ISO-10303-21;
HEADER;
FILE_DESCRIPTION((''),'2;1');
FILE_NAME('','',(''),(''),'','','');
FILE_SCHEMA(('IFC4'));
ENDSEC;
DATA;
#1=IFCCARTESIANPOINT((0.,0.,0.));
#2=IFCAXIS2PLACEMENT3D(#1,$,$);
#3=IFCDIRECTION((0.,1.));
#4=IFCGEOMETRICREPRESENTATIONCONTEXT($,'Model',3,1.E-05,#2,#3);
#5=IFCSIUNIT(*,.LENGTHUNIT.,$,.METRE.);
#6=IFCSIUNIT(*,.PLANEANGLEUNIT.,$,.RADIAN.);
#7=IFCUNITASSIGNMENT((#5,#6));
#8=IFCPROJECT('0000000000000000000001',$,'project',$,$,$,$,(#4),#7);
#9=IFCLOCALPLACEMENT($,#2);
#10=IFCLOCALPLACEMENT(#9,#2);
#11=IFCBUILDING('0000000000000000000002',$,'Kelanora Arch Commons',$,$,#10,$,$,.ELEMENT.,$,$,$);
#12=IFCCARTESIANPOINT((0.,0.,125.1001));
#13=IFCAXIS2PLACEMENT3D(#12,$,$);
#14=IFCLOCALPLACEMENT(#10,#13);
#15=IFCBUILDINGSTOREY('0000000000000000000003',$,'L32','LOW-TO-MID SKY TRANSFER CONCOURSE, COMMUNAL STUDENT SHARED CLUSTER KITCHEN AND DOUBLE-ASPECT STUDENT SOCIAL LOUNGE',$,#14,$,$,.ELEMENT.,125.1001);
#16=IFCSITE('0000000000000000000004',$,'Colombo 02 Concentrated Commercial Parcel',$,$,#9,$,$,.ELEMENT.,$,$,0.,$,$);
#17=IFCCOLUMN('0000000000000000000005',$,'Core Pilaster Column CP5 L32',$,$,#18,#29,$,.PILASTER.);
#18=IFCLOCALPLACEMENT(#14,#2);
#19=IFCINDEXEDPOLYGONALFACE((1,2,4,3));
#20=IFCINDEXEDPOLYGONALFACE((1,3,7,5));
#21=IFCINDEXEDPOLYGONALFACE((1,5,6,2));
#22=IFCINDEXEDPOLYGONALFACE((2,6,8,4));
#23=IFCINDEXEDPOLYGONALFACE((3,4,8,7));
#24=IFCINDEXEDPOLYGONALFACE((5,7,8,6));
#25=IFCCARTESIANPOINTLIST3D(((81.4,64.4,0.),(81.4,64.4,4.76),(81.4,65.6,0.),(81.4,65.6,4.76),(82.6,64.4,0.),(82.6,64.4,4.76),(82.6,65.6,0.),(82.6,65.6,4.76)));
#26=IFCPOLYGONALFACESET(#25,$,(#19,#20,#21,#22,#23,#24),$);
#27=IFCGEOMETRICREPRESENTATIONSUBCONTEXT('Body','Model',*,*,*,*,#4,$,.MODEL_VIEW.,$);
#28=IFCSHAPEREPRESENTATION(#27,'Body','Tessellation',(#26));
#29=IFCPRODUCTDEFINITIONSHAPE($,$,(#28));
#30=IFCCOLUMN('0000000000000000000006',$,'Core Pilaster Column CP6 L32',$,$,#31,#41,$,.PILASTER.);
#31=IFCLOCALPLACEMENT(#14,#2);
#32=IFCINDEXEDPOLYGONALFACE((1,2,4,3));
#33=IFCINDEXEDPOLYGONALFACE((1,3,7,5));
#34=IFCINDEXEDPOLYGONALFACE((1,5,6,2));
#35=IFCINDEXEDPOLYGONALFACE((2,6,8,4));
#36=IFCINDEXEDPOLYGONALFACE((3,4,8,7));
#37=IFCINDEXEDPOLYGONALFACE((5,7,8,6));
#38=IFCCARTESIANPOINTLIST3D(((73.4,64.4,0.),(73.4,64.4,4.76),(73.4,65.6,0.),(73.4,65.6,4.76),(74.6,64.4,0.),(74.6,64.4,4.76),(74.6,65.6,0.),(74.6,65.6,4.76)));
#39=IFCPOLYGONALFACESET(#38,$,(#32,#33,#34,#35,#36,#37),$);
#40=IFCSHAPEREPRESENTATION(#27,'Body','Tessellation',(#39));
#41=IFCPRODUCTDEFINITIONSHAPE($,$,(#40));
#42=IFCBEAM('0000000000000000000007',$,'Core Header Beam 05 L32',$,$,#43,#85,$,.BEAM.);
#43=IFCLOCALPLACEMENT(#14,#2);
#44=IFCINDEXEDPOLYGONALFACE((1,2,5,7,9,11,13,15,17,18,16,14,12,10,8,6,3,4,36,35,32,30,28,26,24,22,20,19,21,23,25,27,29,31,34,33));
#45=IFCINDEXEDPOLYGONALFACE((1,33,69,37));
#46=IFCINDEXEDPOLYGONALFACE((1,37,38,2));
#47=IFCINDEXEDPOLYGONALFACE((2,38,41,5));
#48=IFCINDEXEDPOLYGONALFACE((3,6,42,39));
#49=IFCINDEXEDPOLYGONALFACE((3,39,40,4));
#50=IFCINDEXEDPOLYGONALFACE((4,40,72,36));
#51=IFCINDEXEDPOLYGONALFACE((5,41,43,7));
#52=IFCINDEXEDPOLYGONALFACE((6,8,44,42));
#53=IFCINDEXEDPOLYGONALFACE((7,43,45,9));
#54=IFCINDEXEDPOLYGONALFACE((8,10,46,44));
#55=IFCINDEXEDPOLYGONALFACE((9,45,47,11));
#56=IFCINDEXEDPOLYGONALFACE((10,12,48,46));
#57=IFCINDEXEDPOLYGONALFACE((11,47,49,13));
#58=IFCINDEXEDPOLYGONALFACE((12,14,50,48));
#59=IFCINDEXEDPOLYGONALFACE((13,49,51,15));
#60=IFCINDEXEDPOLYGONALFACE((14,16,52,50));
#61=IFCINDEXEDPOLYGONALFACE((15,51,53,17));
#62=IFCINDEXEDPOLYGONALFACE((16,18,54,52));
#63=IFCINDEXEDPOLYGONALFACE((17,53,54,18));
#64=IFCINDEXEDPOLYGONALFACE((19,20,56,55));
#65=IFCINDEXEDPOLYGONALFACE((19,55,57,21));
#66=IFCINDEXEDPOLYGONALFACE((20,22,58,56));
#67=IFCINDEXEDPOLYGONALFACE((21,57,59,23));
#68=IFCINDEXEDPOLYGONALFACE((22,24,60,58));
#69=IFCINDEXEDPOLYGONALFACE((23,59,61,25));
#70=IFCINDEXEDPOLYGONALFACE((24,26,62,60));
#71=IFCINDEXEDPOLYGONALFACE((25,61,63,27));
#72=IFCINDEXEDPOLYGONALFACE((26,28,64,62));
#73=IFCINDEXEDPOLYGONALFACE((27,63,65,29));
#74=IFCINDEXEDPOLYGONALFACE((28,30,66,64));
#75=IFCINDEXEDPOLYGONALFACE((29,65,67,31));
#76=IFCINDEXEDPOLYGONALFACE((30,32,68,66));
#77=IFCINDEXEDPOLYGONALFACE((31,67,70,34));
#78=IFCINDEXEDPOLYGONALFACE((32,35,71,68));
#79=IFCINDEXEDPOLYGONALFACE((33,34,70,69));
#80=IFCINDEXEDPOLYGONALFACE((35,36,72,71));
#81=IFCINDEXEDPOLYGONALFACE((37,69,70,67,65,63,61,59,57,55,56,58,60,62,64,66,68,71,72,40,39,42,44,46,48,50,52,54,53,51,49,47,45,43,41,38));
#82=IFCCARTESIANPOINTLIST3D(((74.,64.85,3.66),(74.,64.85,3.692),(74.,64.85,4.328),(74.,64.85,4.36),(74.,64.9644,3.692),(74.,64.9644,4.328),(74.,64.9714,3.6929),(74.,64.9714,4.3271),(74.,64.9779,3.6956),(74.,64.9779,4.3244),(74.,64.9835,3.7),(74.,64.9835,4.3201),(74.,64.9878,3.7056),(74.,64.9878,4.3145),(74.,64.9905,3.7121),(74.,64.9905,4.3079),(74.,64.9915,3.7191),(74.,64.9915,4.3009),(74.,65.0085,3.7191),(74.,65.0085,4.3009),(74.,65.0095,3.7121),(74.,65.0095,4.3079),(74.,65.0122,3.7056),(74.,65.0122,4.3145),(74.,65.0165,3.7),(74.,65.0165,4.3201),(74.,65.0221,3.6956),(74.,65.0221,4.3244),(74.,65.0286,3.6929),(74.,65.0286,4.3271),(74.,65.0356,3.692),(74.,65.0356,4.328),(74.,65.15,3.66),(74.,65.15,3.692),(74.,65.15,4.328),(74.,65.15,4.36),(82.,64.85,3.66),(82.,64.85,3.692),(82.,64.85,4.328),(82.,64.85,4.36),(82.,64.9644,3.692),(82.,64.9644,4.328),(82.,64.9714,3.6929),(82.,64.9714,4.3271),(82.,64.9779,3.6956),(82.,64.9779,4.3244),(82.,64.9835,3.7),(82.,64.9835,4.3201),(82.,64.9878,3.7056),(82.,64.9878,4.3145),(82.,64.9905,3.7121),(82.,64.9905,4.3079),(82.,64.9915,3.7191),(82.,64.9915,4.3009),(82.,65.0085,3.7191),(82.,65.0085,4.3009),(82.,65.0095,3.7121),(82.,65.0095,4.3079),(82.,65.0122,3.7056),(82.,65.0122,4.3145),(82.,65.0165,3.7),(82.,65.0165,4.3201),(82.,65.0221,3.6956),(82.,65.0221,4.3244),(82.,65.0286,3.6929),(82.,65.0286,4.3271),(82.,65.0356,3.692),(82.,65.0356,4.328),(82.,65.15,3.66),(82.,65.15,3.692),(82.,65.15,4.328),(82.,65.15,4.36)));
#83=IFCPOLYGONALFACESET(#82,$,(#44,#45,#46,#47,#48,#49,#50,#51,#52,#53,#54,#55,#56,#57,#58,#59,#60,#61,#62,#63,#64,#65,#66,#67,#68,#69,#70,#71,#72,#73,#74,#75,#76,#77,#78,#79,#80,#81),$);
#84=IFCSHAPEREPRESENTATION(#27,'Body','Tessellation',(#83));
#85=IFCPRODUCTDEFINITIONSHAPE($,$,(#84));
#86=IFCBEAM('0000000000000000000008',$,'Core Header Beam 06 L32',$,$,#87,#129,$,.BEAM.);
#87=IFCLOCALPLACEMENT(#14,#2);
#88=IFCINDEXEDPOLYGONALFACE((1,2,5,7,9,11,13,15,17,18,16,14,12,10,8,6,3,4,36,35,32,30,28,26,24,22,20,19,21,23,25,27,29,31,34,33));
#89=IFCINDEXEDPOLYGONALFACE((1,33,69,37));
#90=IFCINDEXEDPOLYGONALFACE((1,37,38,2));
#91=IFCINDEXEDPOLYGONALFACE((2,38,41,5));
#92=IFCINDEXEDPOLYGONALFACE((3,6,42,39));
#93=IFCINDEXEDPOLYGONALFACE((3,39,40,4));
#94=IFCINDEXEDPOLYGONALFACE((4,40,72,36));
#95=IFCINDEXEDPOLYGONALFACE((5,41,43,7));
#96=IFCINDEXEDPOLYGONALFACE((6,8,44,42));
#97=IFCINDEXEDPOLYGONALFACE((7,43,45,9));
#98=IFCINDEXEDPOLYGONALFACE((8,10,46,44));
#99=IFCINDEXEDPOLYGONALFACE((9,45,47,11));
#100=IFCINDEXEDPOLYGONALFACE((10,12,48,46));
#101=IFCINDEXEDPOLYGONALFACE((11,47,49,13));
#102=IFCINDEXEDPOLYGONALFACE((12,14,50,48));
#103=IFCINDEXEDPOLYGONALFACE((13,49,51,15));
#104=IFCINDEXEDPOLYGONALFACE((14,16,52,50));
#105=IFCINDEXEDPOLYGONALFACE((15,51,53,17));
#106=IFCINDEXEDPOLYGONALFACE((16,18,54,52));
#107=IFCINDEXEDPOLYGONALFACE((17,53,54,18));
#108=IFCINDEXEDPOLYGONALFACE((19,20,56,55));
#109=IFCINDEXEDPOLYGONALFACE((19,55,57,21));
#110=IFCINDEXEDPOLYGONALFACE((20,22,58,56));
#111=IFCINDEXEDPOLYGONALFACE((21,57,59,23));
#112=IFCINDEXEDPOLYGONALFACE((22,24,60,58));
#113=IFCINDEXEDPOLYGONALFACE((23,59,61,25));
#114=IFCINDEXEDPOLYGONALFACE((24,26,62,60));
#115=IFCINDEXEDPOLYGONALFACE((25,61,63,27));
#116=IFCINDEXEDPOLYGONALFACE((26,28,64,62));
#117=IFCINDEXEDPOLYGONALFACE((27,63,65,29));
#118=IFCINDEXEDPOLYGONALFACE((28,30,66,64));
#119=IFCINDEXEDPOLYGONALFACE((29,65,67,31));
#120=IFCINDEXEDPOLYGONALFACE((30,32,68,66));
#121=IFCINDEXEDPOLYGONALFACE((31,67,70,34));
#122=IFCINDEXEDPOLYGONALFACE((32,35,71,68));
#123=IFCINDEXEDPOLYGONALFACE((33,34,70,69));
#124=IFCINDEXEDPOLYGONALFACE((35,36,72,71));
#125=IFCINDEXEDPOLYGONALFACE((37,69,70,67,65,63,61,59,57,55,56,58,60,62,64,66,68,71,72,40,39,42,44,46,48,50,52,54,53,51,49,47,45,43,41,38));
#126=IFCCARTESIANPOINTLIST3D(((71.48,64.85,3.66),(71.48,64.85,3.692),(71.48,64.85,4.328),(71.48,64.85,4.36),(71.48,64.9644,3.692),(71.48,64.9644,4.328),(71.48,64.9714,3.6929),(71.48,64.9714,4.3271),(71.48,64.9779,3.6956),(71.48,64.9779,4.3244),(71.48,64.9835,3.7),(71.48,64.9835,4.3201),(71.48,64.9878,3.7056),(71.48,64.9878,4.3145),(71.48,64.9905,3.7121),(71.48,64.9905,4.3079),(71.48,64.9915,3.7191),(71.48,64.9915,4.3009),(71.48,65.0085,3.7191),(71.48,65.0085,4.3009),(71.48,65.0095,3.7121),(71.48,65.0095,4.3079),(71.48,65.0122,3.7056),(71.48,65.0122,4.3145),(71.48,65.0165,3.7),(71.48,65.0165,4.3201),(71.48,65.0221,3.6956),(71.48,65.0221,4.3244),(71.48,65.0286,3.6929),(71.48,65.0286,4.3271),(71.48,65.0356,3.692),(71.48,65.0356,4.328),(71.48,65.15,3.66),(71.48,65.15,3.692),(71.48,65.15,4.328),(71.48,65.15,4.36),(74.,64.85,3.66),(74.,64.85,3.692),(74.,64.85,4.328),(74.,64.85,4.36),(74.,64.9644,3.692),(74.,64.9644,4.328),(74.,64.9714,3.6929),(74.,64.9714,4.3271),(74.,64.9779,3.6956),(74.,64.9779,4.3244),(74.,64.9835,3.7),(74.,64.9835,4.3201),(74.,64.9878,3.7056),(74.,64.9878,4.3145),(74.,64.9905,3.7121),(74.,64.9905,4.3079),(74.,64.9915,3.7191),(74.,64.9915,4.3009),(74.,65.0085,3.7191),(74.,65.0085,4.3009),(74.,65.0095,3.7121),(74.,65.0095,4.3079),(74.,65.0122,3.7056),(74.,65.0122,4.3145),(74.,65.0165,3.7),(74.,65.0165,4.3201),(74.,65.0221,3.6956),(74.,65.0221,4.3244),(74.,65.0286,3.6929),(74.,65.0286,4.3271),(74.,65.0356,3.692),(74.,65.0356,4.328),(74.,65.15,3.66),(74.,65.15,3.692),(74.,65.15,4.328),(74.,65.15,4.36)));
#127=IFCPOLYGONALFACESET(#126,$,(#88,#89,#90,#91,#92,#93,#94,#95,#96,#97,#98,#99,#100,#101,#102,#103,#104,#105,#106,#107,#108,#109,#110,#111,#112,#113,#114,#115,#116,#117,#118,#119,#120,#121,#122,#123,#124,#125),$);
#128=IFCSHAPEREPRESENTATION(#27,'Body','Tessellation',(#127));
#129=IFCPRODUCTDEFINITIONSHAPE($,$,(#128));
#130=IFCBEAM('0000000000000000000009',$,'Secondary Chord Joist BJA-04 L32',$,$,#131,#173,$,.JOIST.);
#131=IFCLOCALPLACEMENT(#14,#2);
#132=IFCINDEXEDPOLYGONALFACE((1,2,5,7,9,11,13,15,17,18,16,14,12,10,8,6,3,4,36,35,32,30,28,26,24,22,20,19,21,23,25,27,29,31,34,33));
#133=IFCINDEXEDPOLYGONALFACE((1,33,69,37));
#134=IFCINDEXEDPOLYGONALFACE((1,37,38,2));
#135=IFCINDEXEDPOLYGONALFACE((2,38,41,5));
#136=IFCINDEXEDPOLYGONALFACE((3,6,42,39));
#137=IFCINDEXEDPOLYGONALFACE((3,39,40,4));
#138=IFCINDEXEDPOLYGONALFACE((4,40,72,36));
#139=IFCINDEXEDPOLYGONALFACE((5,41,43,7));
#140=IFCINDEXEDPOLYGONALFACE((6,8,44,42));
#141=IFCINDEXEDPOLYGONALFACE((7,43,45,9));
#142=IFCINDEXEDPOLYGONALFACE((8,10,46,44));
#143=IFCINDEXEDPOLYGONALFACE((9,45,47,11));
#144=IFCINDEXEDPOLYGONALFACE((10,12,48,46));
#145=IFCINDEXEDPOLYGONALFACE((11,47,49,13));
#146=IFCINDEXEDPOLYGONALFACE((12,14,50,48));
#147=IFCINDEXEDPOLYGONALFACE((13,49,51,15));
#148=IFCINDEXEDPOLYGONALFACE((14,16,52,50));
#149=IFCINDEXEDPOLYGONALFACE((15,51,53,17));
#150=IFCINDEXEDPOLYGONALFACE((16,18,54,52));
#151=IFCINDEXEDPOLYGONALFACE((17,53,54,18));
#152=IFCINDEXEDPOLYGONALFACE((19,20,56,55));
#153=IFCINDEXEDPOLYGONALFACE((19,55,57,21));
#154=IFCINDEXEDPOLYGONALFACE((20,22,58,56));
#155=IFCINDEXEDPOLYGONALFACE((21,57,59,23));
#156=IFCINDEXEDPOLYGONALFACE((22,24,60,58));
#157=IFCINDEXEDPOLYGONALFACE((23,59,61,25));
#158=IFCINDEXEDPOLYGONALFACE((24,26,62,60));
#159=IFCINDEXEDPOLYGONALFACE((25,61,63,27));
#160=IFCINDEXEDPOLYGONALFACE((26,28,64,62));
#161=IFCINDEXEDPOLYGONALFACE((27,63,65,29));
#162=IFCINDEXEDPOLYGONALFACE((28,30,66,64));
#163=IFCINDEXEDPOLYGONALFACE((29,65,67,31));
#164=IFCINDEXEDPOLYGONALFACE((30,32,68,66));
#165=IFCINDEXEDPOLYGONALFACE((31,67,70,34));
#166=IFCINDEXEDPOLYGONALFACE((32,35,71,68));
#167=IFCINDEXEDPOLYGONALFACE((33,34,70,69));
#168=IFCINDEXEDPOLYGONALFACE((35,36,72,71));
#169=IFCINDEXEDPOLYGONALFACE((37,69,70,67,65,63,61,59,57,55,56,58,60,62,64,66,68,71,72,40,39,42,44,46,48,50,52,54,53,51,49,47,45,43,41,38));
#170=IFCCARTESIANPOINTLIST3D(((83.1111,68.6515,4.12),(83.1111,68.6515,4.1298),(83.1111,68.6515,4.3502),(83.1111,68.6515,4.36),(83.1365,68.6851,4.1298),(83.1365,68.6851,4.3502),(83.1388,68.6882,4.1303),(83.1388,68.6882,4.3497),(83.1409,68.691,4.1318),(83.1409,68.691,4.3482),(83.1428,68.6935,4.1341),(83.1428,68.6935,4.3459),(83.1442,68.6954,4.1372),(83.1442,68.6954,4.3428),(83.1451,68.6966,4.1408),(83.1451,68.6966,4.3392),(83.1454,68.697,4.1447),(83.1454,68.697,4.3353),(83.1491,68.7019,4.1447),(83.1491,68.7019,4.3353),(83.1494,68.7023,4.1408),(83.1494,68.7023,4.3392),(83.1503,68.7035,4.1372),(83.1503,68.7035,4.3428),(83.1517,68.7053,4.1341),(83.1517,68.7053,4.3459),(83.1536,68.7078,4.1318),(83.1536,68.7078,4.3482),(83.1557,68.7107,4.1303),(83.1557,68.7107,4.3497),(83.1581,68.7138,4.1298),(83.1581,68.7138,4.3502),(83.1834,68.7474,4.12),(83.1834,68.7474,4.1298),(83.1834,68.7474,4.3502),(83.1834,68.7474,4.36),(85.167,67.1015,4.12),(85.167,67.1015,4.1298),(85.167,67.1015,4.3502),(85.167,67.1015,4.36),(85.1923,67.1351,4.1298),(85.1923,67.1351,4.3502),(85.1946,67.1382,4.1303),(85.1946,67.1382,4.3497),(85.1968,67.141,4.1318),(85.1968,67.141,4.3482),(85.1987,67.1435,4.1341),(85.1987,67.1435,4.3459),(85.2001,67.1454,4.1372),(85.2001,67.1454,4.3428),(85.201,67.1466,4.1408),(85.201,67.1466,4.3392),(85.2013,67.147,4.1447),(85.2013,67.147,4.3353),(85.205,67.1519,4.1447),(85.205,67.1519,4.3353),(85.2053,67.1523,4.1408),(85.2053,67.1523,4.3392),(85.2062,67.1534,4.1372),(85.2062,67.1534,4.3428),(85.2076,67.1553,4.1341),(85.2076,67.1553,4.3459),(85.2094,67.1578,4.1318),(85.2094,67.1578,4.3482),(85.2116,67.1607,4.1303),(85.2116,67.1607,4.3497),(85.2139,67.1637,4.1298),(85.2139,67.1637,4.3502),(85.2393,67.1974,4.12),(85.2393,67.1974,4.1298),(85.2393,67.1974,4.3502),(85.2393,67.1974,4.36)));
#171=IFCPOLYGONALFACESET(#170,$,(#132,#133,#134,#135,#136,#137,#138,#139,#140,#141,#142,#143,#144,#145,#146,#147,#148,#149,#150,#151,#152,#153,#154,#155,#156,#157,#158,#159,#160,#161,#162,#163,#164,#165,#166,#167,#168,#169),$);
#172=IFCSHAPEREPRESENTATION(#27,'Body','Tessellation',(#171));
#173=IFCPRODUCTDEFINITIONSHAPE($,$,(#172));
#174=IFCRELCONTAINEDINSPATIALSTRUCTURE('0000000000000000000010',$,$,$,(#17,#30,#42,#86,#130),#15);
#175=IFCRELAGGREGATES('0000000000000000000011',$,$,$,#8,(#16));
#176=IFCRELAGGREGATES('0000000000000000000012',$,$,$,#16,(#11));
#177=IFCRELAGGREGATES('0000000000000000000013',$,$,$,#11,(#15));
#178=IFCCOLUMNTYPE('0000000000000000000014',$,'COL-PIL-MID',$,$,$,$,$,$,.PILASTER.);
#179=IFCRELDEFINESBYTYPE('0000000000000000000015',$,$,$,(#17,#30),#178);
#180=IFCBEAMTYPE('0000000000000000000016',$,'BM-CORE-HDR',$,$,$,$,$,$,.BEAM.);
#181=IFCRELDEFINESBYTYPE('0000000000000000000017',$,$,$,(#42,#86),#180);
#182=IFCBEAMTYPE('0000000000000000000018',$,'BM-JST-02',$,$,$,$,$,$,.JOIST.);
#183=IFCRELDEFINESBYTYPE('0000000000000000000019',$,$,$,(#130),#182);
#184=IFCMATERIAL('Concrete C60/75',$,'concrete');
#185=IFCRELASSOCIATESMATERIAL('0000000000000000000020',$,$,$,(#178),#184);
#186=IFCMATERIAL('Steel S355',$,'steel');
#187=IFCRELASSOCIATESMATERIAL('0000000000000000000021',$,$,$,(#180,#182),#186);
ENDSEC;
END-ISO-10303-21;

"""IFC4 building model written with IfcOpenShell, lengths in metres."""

from ifc_helpers import new_model, si_unit, direction, frame, origin, origin_2d, place, context, subcontext, project, spatial, rectangle, i_section, extrude, material, material_profile, profile_set, type_object, element, save


model = new_model("IFC4")

# Units and contexts
model_context = context("Model", 3, precision=1e-05, world=origin(), true_north=direction((0.0, 1.0)))
body_context = subcontext(model_context, "Body", "Model", "MODEL_VIEW")
ifc_project = project(units=[si_unit("LENGTHUNIT", "METRE"), si_unit("PLANEANGLEUNIT", "RADIAN")], contexts=[model_context])

# Site, building, storey
site_placement = place(None, origin())
site = spatial("IfcSite", under=ifc_project, at=site_placement, Name="Colombo 02 Concentrated Commercial Parcel", CompositionType="ELEMENT", RefElevation=0.0)
building_placement = place(site_placement, origin())
building = spatial("IfcBuilding", under=site, at=building_placement, Name="Kelanora Arch Commons", CompositionType="ELEMENT")
storey_placement = place(building_placement, frame((0.0, 0.0, 125.1001)))
storey = spatial("IfcBuildingStorey", under=building, at=storey_placement, Name="L32", Description="LOW-TO-MID SKY TRANSFER CONCOURSE, COMMUNAL STUDENT SHARED CLUSTER KITCHEN AND DOUBLE-ASPECT STUDENT SOCIAL LOUNGE", CompositionType="ELEMENT", Elevation=125.1001)

# Columns
ifc_material_1 = material(Name="Concrete C60/75", Category="concrete")
ifc_material_profile_1 = material_profile(ifc_material_1, rectangle(XDim=1.2, YDim=1.2, at=origin_2d()), Name="RC1200x1200")
ifc_profile_set_1 = profile_set([ifc_material_profile_1], Name="Concrete C60/75")
column_type = type_object("IfcColumnType", Name="COL-PIL-MID", PredefinedType="PILASTER", material=ifc_profile_set_1)
for number, where, z_axis, x_axis, name in (
    (1, (82.0, 65.0, 0.0), (0.0, 0.0, 1.0), (1.0, 0.0, 0.0), "Core Pilaster Column CP5 L32"),
    (2, (74.0, 65.0, 0.0), (0.0, 0.0, 1.0), (1.0, 0.0, 0.0), "Core Pilaster Column CP6 L32"),
):
    element("IfcColumn", number, at=place(storey_placement, frame(where, z_axis=z_axis, x_axis=x_axis)), inside=storey, type_object=column_type, Name=name, PredefinedType="PILASTER", context=body_context, shape_type="SweptSolid", body=[
        extrude(rectangle(XDim=1.2, YDim=1.2, at=origin_2d()), origin(), (0.0, 0.0, 1.0), 4.76),
    ])

# Beams
ifc_material_2 = material(Name="Steel S355", Category="steel")
ifc_material_profile_2 = material_profile(ifc_material_2, i_section(OverallWidth=0.3, OverallDepth=0.7, WebThickness=0.0171, FlangeThickness=0.032, FilletRadius=0.0271, at=origin_2d()), Name="HEB700")
ifc_profile_set_2 = profile_set([ifc_material_profile_2], Name="Steel S355")
beam_type_1 = type_object("IfcBeamType", Name="BM-CORE-HDR", PredefinedType="BEAM", material=ifc_profile_set_2)
beam_1_placement = place(storey_placement, frame((82.0, 65.0, 4.01), z_axis=(-1.0, 0.0, 0.0), x_axis=(0.0, -1.0, 0.0)))
element("IfcBeam", 3, at=beam_1_placement, inside=storey, type_object=beam_type_1, Name="Core Header Beam 05 L32", PredefinedType="BEAM", context=body_context, shape_type="SweptSolid", body=[
    extrude(i_section(OverallWidth=0.3, OverallDepth=0.7, WebThickness=0.0171, FlangeThickness=0.032, FilletRadius=0.0271, at=origin_2d()), origin(), (0.0, 0.0, 1.0), 8.0),
])
beam_2_placement = place(storey_placement, frame((74.0, 65.0, 4.01), z_axis=(-1.0, 0.0, 0.0), x_axis=(0.0, -1.0, 0.0)))
element("IfcBeam", 4, at=beam_2_placement, inside=storey, type_object=beam_type_1, Name="Core Header Beam 06 L32", PredefinedType="BEAM", context=body_context, shape_type="SweptSolid", body=[
    extrude(i_section(OverallWidth=0.3, OverallDepth=0.7, WebThickness=0.0171, FlangeThickness=0.032, FilletRadius=0.0271, at=origin_2d()), origin(), (0.0, 0.0, 1.0), 2.52),
])
ifc_material_profile_3 = material_profile(ifc_material_2, i_section(OverallWidth=0.1201, OverallDepth=0.24, WebThickness=0.0061, FlangeThickness=0.0098, FilletRadius=0.0149, at=origin_2d()), Name="IPE240")
ifc_profile_set_3 = profile_set([ifc_material_profile_3], Name="Steel S355")
beam_type_2 = type_object("IfcBeamType", Name="BM-JST-02", PredefinedType="JOIST", material=ifc_profile_set_3)
beam_3_placement = place(storey_placement, frame((85.2031, 67.1494, 4.24), z_axis=(-0.798484, 0.602016, 0.0), x_axis=(-0.602016, -0.798484, 0.0)))
element("IfcBeam", 5, at=beam_3_placement, inside=storey, type_object=beam_type_2, Name="Secondary Chord Joist BJA-04 L32", PredefinedType="JOIST", context=body_context, shape_type="SweptSolid", body=[
    extrude(i_section(OverallWidth=0.1201, OverallDepth=0.24, WebThickness=0.0061, FlangeThickness=0.0098, FilletRadius=0.0149, at=origin_2d()), origin(), (0.0, 0.0, 1.0), 2.5747),
])

save(model, "model.ifc")
